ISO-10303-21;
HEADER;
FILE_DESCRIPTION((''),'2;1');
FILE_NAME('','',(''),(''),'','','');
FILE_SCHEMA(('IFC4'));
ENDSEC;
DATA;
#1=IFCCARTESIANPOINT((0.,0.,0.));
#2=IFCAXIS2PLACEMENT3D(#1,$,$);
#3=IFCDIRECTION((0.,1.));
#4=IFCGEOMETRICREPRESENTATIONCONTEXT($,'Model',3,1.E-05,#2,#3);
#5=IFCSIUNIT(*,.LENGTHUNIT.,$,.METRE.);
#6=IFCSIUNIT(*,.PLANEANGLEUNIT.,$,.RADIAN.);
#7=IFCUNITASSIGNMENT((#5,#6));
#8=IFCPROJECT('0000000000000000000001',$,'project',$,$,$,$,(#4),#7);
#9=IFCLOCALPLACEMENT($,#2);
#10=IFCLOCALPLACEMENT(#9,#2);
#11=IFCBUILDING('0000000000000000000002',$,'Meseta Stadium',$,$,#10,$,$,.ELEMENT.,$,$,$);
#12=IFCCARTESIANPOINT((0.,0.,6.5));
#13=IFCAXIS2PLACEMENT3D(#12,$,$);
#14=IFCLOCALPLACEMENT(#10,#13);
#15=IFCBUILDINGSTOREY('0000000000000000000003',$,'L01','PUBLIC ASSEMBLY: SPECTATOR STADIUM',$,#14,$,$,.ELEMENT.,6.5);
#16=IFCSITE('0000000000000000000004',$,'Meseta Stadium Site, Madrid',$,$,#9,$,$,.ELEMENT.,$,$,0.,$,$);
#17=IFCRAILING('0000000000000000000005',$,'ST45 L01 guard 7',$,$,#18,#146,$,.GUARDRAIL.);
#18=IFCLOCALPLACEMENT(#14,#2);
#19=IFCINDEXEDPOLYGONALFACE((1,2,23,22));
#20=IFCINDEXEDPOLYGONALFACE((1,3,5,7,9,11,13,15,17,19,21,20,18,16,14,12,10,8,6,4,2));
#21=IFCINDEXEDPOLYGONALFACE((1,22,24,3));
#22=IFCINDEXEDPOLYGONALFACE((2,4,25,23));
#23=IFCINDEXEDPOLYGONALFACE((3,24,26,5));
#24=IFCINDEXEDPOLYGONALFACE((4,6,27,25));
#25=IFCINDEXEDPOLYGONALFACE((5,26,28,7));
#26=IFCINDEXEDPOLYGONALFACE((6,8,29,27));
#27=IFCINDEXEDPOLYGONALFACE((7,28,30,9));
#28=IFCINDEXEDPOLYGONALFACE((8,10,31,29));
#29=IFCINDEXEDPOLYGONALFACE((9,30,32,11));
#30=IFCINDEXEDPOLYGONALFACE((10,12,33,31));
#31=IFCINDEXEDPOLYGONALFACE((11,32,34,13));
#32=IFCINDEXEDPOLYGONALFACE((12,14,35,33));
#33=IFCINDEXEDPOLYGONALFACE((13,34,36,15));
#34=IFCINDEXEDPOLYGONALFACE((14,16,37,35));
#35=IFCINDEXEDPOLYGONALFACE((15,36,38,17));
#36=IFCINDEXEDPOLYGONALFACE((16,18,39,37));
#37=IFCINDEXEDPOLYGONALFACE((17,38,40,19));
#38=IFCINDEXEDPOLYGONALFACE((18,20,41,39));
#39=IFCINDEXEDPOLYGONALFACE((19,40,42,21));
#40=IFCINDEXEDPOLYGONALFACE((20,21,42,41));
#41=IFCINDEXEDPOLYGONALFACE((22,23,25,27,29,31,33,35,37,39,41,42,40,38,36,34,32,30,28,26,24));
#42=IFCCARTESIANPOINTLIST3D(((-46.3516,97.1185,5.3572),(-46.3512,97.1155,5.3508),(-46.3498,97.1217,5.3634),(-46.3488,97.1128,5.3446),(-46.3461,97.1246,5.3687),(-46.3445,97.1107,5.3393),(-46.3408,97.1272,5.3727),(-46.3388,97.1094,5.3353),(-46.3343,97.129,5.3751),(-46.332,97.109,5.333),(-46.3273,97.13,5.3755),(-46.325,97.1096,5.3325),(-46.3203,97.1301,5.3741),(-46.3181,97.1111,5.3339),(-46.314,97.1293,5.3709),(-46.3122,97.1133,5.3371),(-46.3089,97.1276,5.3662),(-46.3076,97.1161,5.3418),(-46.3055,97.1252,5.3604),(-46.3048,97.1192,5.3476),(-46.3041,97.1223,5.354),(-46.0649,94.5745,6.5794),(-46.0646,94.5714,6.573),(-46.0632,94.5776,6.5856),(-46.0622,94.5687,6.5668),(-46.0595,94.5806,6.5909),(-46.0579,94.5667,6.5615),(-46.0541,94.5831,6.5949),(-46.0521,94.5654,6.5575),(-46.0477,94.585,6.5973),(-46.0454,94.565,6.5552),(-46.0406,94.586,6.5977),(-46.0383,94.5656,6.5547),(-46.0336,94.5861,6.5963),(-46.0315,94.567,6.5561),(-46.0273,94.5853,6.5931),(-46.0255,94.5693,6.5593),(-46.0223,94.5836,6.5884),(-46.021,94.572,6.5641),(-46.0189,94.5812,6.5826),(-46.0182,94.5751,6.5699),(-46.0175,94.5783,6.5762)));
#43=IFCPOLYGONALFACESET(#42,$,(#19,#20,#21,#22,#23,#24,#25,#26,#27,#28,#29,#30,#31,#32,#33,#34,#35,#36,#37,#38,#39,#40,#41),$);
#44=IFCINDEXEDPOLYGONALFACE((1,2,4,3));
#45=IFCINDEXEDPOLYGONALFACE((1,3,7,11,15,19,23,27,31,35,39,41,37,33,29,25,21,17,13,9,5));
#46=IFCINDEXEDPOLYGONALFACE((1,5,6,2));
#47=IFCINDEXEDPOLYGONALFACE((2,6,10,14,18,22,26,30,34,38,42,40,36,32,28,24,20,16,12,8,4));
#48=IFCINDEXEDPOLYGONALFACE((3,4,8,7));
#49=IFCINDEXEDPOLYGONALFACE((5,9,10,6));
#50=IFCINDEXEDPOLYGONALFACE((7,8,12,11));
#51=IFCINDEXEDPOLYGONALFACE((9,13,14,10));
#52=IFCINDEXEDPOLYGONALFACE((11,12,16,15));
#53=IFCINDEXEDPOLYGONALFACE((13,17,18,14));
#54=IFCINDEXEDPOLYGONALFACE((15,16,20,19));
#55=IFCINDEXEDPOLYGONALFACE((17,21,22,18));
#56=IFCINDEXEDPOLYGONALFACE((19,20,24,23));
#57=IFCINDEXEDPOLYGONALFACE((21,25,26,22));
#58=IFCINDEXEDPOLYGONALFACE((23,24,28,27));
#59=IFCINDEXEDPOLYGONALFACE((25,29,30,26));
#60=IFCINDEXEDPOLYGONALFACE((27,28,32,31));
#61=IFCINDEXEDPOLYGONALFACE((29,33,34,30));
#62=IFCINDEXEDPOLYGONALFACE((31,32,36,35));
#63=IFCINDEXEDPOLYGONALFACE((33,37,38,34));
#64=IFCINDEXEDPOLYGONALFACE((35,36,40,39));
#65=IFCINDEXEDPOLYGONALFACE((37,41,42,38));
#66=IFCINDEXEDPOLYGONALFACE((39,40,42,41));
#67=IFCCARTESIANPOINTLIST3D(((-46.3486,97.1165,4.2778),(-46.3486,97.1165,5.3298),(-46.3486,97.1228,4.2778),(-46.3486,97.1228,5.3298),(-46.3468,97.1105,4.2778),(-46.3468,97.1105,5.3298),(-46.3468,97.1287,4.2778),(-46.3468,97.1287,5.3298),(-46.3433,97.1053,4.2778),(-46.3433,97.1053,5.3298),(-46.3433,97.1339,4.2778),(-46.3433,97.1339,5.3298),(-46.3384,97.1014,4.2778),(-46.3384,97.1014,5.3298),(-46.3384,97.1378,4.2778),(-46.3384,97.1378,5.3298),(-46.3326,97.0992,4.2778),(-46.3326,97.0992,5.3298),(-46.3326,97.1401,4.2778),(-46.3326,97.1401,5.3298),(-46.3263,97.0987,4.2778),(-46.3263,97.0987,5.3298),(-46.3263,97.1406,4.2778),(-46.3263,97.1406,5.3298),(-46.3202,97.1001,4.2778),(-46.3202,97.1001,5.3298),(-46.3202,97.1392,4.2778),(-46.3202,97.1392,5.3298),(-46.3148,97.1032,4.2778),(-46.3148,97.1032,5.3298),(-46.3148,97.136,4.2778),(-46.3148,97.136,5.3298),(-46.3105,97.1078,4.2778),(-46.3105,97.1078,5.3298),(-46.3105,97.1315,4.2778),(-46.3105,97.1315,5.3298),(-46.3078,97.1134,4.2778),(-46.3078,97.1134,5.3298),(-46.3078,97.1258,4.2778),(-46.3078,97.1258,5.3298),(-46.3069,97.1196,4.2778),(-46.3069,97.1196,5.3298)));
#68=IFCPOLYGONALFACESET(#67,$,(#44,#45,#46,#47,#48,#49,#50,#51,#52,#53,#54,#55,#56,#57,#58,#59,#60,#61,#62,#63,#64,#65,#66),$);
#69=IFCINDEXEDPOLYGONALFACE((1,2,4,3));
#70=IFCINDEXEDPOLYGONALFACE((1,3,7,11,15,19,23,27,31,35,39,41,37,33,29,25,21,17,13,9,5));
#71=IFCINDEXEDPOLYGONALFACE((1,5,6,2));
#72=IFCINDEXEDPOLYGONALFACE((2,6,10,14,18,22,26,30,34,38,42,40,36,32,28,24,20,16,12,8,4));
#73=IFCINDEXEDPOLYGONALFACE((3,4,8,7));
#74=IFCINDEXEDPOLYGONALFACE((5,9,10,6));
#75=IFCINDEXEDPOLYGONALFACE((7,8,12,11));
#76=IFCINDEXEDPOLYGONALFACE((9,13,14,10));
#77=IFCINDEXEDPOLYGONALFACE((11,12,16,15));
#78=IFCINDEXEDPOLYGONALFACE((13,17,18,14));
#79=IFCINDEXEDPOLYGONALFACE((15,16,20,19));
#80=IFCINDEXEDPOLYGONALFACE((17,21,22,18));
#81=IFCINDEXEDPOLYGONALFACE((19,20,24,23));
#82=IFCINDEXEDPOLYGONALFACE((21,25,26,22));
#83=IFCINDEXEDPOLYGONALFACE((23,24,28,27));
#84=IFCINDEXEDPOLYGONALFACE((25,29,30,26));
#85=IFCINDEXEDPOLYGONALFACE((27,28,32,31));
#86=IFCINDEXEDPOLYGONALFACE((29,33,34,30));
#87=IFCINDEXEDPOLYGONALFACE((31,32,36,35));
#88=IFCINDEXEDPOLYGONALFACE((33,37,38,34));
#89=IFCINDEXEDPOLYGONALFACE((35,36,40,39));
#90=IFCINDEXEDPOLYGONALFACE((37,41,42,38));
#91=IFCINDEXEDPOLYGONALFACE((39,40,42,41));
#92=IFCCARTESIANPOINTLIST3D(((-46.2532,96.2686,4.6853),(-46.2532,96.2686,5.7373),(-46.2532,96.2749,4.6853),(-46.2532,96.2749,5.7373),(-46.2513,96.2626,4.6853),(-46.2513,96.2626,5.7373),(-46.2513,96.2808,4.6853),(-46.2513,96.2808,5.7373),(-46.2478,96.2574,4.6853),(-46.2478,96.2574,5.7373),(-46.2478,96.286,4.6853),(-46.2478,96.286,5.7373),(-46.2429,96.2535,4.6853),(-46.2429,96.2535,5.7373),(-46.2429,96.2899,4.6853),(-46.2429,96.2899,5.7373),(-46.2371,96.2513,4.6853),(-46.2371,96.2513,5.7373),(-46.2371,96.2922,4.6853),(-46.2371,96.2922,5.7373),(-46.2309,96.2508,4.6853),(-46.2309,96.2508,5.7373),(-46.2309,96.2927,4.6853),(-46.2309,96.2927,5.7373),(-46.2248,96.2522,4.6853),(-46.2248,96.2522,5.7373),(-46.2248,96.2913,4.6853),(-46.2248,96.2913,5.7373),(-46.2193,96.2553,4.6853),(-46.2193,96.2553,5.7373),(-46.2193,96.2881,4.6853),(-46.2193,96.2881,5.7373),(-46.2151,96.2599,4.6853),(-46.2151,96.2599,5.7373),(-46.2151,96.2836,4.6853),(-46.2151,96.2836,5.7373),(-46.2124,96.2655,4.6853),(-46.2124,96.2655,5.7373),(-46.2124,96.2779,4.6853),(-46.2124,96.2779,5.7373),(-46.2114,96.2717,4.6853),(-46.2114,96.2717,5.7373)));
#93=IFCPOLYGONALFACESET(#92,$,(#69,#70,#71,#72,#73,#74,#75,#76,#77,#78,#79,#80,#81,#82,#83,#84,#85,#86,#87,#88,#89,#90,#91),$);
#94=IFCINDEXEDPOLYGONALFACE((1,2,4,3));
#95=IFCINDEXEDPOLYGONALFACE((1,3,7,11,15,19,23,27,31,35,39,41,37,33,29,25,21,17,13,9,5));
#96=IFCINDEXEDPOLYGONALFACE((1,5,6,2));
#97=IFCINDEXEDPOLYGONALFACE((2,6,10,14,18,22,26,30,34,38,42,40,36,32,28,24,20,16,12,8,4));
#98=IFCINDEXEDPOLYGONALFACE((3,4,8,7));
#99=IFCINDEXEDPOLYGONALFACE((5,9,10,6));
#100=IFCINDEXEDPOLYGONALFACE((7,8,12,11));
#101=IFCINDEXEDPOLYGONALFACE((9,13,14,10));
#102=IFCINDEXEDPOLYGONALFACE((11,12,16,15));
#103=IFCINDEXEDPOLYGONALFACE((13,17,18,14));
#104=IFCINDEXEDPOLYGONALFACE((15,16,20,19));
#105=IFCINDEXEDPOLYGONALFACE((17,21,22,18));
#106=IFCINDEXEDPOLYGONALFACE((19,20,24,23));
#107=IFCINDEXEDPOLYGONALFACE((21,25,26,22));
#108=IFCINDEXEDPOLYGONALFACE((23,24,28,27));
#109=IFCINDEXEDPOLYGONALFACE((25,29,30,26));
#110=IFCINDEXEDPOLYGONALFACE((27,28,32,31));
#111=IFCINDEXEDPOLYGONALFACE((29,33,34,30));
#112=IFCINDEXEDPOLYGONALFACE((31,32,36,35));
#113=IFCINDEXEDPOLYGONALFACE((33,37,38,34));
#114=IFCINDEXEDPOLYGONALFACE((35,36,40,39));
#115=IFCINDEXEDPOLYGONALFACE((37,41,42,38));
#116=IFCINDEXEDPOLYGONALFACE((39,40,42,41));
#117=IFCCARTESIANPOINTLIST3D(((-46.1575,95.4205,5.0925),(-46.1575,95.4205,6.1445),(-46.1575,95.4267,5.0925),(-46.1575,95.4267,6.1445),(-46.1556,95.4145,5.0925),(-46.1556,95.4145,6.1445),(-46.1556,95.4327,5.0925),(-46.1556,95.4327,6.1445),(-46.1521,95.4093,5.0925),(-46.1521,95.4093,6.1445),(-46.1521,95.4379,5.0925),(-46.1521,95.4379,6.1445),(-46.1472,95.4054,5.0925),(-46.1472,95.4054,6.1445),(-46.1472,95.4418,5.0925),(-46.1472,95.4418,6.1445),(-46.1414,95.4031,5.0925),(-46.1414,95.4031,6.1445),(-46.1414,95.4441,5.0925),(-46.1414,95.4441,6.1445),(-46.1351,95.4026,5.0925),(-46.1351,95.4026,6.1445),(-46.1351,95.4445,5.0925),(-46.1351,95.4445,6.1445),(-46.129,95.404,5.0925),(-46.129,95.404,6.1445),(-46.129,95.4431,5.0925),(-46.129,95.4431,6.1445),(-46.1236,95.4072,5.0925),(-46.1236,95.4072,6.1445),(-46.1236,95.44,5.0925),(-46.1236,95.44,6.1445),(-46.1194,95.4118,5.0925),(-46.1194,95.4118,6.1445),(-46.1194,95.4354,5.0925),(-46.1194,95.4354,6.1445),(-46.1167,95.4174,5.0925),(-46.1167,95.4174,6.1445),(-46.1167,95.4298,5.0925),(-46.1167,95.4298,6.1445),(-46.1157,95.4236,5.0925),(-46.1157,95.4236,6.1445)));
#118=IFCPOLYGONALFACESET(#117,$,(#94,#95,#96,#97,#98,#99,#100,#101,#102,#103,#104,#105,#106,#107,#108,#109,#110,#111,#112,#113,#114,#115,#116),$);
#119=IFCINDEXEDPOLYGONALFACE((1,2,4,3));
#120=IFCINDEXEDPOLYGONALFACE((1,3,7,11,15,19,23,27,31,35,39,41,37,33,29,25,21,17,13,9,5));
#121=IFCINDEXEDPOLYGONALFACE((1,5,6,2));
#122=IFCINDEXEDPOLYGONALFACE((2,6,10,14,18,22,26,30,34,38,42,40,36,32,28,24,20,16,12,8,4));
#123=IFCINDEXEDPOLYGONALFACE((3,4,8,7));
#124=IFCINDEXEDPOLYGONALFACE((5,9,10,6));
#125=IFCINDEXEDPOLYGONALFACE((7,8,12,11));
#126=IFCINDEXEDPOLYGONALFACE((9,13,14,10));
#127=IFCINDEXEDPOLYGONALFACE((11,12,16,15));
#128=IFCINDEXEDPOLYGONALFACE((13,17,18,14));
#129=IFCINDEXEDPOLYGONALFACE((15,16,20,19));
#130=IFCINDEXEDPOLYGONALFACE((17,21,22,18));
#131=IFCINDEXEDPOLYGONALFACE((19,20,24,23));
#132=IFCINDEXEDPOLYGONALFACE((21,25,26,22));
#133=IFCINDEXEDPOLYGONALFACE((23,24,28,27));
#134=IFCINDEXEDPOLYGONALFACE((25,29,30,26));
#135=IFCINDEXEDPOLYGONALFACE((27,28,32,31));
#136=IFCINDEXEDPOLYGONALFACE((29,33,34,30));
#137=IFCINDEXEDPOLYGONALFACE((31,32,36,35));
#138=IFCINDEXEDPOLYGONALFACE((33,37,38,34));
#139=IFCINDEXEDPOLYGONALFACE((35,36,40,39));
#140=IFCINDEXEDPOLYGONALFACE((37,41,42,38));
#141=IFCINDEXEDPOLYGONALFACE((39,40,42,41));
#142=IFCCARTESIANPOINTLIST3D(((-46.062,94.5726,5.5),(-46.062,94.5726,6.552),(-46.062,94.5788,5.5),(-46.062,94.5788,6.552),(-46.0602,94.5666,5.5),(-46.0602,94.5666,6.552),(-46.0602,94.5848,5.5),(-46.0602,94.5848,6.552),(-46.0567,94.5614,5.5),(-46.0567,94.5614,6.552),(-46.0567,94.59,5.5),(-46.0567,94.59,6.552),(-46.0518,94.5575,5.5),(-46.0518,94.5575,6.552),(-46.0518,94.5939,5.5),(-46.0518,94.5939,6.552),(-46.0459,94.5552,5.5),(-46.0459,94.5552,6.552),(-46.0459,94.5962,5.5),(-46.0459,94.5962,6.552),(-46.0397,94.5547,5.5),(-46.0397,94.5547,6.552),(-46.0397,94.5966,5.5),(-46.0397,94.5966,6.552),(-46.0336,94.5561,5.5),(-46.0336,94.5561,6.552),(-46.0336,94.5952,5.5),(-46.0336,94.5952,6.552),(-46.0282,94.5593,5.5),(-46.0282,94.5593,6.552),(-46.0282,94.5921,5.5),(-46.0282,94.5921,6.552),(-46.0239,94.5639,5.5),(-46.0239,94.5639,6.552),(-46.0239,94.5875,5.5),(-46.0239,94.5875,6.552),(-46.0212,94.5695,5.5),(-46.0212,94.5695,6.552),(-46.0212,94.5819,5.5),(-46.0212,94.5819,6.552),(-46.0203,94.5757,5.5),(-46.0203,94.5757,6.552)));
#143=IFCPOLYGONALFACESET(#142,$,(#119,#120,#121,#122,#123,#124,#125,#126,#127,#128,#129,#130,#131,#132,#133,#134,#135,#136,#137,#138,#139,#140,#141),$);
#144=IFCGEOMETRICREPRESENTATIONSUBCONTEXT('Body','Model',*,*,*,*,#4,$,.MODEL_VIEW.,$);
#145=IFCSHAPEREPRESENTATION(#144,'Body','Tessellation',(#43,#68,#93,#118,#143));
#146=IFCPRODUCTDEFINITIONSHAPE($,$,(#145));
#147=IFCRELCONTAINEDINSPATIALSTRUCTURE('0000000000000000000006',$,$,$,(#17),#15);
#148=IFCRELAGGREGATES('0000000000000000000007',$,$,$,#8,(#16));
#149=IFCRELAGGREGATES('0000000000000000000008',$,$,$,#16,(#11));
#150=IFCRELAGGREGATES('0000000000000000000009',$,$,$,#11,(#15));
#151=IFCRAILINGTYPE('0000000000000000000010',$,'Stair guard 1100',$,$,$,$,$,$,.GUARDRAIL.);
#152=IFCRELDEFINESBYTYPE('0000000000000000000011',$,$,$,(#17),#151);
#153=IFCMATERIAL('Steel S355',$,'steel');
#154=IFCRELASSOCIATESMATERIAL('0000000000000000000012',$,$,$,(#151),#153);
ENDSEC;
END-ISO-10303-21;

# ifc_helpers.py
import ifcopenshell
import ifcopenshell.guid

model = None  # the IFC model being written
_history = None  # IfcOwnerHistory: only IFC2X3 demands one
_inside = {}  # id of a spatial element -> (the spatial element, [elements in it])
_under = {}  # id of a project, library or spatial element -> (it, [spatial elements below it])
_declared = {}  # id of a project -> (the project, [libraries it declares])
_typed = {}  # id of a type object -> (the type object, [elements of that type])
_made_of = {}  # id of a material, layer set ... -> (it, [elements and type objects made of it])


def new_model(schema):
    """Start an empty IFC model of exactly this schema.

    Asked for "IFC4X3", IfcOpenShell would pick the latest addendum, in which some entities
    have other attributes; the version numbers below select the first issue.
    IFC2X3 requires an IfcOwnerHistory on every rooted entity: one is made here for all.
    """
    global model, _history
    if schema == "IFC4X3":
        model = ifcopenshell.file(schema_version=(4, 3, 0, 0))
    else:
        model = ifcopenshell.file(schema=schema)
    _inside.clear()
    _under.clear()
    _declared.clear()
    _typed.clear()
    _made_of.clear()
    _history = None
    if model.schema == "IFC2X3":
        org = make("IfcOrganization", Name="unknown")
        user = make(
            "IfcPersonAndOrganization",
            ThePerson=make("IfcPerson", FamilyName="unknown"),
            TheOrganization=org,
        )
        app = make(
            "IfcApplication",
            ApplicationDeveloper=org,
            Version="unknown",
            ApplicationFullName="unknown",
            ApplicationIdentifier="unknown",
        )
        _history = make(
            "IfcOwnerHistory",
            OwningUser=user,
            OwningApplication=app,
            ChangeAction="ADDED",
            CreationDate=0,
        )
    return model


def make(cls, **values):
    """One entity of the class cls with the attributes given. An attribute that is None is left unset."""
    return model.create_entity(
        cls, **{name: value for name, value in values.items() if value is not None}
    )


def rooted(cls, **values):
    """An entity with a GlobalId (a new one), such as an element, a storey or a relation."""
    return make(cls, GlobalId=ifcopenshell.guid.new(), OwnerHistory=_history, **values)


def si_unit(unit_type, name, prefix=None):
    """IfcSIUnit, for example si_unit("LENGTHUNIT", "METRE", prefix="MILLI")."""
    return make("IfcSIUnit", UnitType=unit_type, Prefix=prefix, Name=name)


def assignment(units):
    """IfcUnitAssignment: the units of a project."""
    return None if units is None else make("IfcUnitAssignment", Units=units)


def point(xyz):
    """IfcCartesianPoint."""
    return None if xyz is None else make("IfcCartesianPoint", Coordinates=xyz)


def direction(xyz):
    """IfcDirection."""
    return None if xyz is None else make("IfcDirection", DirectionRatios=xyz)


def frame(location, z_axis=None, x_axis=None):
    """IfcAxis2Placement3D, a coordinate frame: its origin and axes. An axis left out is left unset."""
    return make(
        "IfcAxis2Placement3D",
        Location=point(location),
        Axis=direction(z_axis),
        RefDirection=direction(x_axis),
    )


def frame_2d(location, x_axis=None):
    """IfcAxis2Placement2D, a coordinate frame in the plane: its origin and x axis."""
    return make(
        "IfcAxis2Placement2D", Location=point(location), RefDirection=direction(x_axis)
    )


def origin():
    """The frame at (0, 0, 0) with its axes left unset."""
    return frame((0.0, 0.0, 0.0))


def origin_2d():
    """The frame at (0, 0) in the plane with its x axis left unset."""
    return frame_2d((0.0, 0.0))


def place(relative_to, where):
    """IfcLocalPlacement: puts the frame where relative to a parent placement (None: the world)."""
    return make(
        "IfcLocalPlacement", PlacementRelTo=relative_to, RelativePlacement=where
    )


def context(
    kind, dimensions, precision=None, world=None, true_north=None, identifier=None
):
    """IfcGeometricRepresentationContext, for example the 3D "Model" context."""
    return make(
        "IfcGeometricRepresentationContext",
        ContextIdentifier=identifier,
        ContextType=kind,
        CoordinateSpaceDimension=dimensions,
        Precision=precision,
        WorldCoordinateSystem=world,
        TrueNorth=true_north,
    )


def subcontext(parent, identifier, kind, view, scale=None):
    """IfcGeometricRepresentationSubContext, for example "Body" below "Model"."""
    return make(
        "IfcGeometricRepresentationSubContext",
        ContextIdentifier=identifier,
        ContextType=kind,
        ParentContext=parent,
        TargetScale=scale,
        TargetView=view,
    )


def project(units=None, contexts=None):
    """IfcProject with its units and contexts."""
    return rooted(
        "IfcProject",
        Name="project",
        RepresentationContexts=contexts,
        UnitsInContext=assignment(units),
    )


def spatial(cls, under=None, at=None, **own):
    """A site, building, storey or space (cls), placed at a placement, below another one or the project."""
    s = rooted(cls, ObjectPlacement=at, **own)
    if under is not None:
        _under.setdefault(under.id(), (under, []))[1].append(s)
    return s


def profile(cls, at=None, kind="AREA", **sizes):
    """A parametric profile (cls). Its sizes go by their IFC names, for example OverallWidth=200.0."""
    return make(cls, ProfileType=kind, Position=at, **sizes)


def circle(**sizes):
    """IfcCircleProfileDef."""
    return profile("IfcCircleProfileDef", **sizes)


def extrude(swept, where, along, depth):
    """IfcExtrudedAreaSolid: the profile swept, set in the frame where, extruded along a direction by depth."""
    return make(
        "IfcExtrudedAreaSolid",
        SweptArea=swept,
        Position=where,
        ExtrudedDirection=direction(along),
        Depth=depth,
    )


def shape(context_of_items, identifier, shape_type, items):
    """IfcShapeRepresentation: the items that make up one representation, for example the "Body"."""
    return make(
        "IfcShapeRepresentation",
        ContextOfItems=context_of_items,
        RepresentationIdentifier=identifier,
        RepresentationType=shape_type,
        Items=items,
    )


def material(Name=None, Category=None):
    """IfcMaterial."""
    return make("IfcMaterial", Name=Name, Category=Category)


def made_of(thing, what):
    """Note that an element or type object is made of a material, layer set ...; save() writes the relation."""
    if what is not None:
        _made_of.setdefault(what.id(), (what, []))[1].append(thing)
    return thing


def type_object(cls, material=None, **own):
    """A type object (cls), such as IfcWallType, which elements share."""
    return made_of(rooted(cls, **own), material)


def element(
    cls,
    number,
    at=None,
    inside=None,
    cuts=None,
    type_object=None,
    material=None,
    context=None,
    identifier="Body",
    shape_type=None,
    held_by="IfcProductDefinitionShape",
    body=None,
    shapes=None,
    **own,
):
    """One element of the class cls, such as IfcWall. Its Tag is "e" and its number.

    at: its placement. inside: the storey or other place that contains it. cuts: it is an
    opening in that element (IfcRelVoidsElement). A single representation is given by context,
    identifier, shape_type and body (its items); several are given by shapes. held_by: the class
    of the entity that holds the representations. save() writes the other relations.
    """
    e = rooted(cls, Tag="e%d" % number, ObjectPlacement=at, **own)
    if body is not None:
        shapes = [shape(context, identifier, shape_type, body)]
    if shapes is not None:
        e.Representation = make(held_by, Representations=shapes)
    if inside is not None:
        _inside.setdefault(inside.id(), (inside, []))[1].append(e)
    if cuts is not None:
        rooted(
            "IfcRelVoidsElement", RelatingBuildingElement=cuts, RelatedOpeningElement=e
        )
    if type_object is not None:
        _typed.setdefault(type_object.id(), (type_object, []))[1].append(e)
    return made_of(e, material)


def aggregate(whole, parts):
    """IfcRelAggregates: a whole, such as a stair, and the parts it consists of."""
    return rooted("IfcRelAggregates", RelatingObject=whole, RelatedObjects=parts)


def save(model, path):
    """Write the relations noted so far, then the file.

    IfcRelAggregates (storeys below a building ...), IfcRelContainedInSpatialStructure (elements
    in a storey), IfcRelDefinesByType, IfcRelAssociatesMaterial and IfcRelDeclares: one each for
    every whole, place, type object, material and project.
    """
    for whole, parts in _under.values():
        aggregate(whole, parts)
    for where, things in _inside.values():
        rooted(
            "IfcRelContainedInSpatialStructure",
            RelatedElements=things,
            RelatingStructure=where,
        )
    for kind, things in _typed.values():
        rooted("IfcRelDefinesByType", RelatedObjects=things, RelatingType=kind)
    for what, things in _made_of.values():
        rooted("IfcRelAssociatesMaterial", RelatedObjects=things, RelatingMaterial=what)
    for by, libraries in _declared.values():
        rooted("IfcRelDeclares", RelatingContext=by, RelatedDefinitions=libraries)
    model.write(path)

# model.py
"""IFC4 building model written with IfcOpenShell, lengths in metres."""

from ifc_helpers import new_model, si_unit, direction, frame, origin, origin_2d, place, context, subcontext, project, spatial, circle, extrude, material, type_object, element, save


model = new_model("IFC4")

# Units and contexts
model_context = context("Model", 3, precision=1e-05, world=origin(), true_north=direction((0.0, 1.0)))
body_context = subcontext(model_context, "Body", "Model", "MODEL_VIEW")
ifc_project = project(units=[si_unit("LENGTHUNIT", "METRE"), si_unit("PLANEANGLEUNIT", "RADIAN")], contexts=[model_context])

# Site, building, storey
site_placement = place(None, origin())
site = spatial("IfcSite", under=ifc_project, at=site_placement, Name="Meseta Stadium Site, Madrid", CompositionType="ELEMENT", RefElevation=0.0)
building_placement = place(site_placement, origin())
building = spatial("IfcBuilding", under=site, at=building_placement, Name="Meseta Stadium", CompositionType="ELEMENT")
storey_placement = place(building_placement, frame((0.0, 0.0, 6.5)))
storey = spatial("IfcBuildingStorey", under=building, at=storey_placement, Name="L01", Description="PUBLIC ASSEMBLY: SPECTATOR STADIUM", CompositionType="ELEMENT", Elevation=6.5)

# Railing
ifc_material_1 = material(Name="Steel S355", Category="steel")
railing_type_1 = type_object("IfcRailingType", Name="Stair guard 1100", PredefinedType="GUARDRAIL", material=ifc_material_1)
railing_1_placement = place(storey_placement, frame((-46.3279, 97.1196, 4.2778)))
element("IfcRailing", 1, at=railing_1_placement, inside=storey, type_object=railing_type_1, Name="ST45 L01 guard 7", PredefinedType="GUARDRAIL", context=body_context, shape_type="SweptSolid", body=[
    extrude(circle(Radius=0.0239, at=origin_2d()), frame((0.0, 0.0, 1.0762), z_axis=(0.101036, -0.896762, 0.430824), x_axis=(0.993713, 0.11196, 0.0)), (0.0, 0.0, 1.0), 2.8369),
    extrude(circle(Radius=0.021, at=origin_2d()), origin(), (0.0, 0.0, 1.0), 1.052),
    extrude(circle(Radius=0.021, at=origin_2d()), frame((0.0955, -0.8479, 0.4075)), (0.0, 0.0, 1.0), 1.052),
    extrude(circle(Radius=0.021, at=origin_2d()), frame((0.1912, -1.696, 0.8147)), (0.0, 0.0, 1.0), 1.052),
    extrude(circle(Radius=0.021, at=origin_2d()), frame((0.2866, -2.5439, 1.2222)), (0.0, 0.0, 1.0), 1.052),
])

save(model, "model.ifc")
